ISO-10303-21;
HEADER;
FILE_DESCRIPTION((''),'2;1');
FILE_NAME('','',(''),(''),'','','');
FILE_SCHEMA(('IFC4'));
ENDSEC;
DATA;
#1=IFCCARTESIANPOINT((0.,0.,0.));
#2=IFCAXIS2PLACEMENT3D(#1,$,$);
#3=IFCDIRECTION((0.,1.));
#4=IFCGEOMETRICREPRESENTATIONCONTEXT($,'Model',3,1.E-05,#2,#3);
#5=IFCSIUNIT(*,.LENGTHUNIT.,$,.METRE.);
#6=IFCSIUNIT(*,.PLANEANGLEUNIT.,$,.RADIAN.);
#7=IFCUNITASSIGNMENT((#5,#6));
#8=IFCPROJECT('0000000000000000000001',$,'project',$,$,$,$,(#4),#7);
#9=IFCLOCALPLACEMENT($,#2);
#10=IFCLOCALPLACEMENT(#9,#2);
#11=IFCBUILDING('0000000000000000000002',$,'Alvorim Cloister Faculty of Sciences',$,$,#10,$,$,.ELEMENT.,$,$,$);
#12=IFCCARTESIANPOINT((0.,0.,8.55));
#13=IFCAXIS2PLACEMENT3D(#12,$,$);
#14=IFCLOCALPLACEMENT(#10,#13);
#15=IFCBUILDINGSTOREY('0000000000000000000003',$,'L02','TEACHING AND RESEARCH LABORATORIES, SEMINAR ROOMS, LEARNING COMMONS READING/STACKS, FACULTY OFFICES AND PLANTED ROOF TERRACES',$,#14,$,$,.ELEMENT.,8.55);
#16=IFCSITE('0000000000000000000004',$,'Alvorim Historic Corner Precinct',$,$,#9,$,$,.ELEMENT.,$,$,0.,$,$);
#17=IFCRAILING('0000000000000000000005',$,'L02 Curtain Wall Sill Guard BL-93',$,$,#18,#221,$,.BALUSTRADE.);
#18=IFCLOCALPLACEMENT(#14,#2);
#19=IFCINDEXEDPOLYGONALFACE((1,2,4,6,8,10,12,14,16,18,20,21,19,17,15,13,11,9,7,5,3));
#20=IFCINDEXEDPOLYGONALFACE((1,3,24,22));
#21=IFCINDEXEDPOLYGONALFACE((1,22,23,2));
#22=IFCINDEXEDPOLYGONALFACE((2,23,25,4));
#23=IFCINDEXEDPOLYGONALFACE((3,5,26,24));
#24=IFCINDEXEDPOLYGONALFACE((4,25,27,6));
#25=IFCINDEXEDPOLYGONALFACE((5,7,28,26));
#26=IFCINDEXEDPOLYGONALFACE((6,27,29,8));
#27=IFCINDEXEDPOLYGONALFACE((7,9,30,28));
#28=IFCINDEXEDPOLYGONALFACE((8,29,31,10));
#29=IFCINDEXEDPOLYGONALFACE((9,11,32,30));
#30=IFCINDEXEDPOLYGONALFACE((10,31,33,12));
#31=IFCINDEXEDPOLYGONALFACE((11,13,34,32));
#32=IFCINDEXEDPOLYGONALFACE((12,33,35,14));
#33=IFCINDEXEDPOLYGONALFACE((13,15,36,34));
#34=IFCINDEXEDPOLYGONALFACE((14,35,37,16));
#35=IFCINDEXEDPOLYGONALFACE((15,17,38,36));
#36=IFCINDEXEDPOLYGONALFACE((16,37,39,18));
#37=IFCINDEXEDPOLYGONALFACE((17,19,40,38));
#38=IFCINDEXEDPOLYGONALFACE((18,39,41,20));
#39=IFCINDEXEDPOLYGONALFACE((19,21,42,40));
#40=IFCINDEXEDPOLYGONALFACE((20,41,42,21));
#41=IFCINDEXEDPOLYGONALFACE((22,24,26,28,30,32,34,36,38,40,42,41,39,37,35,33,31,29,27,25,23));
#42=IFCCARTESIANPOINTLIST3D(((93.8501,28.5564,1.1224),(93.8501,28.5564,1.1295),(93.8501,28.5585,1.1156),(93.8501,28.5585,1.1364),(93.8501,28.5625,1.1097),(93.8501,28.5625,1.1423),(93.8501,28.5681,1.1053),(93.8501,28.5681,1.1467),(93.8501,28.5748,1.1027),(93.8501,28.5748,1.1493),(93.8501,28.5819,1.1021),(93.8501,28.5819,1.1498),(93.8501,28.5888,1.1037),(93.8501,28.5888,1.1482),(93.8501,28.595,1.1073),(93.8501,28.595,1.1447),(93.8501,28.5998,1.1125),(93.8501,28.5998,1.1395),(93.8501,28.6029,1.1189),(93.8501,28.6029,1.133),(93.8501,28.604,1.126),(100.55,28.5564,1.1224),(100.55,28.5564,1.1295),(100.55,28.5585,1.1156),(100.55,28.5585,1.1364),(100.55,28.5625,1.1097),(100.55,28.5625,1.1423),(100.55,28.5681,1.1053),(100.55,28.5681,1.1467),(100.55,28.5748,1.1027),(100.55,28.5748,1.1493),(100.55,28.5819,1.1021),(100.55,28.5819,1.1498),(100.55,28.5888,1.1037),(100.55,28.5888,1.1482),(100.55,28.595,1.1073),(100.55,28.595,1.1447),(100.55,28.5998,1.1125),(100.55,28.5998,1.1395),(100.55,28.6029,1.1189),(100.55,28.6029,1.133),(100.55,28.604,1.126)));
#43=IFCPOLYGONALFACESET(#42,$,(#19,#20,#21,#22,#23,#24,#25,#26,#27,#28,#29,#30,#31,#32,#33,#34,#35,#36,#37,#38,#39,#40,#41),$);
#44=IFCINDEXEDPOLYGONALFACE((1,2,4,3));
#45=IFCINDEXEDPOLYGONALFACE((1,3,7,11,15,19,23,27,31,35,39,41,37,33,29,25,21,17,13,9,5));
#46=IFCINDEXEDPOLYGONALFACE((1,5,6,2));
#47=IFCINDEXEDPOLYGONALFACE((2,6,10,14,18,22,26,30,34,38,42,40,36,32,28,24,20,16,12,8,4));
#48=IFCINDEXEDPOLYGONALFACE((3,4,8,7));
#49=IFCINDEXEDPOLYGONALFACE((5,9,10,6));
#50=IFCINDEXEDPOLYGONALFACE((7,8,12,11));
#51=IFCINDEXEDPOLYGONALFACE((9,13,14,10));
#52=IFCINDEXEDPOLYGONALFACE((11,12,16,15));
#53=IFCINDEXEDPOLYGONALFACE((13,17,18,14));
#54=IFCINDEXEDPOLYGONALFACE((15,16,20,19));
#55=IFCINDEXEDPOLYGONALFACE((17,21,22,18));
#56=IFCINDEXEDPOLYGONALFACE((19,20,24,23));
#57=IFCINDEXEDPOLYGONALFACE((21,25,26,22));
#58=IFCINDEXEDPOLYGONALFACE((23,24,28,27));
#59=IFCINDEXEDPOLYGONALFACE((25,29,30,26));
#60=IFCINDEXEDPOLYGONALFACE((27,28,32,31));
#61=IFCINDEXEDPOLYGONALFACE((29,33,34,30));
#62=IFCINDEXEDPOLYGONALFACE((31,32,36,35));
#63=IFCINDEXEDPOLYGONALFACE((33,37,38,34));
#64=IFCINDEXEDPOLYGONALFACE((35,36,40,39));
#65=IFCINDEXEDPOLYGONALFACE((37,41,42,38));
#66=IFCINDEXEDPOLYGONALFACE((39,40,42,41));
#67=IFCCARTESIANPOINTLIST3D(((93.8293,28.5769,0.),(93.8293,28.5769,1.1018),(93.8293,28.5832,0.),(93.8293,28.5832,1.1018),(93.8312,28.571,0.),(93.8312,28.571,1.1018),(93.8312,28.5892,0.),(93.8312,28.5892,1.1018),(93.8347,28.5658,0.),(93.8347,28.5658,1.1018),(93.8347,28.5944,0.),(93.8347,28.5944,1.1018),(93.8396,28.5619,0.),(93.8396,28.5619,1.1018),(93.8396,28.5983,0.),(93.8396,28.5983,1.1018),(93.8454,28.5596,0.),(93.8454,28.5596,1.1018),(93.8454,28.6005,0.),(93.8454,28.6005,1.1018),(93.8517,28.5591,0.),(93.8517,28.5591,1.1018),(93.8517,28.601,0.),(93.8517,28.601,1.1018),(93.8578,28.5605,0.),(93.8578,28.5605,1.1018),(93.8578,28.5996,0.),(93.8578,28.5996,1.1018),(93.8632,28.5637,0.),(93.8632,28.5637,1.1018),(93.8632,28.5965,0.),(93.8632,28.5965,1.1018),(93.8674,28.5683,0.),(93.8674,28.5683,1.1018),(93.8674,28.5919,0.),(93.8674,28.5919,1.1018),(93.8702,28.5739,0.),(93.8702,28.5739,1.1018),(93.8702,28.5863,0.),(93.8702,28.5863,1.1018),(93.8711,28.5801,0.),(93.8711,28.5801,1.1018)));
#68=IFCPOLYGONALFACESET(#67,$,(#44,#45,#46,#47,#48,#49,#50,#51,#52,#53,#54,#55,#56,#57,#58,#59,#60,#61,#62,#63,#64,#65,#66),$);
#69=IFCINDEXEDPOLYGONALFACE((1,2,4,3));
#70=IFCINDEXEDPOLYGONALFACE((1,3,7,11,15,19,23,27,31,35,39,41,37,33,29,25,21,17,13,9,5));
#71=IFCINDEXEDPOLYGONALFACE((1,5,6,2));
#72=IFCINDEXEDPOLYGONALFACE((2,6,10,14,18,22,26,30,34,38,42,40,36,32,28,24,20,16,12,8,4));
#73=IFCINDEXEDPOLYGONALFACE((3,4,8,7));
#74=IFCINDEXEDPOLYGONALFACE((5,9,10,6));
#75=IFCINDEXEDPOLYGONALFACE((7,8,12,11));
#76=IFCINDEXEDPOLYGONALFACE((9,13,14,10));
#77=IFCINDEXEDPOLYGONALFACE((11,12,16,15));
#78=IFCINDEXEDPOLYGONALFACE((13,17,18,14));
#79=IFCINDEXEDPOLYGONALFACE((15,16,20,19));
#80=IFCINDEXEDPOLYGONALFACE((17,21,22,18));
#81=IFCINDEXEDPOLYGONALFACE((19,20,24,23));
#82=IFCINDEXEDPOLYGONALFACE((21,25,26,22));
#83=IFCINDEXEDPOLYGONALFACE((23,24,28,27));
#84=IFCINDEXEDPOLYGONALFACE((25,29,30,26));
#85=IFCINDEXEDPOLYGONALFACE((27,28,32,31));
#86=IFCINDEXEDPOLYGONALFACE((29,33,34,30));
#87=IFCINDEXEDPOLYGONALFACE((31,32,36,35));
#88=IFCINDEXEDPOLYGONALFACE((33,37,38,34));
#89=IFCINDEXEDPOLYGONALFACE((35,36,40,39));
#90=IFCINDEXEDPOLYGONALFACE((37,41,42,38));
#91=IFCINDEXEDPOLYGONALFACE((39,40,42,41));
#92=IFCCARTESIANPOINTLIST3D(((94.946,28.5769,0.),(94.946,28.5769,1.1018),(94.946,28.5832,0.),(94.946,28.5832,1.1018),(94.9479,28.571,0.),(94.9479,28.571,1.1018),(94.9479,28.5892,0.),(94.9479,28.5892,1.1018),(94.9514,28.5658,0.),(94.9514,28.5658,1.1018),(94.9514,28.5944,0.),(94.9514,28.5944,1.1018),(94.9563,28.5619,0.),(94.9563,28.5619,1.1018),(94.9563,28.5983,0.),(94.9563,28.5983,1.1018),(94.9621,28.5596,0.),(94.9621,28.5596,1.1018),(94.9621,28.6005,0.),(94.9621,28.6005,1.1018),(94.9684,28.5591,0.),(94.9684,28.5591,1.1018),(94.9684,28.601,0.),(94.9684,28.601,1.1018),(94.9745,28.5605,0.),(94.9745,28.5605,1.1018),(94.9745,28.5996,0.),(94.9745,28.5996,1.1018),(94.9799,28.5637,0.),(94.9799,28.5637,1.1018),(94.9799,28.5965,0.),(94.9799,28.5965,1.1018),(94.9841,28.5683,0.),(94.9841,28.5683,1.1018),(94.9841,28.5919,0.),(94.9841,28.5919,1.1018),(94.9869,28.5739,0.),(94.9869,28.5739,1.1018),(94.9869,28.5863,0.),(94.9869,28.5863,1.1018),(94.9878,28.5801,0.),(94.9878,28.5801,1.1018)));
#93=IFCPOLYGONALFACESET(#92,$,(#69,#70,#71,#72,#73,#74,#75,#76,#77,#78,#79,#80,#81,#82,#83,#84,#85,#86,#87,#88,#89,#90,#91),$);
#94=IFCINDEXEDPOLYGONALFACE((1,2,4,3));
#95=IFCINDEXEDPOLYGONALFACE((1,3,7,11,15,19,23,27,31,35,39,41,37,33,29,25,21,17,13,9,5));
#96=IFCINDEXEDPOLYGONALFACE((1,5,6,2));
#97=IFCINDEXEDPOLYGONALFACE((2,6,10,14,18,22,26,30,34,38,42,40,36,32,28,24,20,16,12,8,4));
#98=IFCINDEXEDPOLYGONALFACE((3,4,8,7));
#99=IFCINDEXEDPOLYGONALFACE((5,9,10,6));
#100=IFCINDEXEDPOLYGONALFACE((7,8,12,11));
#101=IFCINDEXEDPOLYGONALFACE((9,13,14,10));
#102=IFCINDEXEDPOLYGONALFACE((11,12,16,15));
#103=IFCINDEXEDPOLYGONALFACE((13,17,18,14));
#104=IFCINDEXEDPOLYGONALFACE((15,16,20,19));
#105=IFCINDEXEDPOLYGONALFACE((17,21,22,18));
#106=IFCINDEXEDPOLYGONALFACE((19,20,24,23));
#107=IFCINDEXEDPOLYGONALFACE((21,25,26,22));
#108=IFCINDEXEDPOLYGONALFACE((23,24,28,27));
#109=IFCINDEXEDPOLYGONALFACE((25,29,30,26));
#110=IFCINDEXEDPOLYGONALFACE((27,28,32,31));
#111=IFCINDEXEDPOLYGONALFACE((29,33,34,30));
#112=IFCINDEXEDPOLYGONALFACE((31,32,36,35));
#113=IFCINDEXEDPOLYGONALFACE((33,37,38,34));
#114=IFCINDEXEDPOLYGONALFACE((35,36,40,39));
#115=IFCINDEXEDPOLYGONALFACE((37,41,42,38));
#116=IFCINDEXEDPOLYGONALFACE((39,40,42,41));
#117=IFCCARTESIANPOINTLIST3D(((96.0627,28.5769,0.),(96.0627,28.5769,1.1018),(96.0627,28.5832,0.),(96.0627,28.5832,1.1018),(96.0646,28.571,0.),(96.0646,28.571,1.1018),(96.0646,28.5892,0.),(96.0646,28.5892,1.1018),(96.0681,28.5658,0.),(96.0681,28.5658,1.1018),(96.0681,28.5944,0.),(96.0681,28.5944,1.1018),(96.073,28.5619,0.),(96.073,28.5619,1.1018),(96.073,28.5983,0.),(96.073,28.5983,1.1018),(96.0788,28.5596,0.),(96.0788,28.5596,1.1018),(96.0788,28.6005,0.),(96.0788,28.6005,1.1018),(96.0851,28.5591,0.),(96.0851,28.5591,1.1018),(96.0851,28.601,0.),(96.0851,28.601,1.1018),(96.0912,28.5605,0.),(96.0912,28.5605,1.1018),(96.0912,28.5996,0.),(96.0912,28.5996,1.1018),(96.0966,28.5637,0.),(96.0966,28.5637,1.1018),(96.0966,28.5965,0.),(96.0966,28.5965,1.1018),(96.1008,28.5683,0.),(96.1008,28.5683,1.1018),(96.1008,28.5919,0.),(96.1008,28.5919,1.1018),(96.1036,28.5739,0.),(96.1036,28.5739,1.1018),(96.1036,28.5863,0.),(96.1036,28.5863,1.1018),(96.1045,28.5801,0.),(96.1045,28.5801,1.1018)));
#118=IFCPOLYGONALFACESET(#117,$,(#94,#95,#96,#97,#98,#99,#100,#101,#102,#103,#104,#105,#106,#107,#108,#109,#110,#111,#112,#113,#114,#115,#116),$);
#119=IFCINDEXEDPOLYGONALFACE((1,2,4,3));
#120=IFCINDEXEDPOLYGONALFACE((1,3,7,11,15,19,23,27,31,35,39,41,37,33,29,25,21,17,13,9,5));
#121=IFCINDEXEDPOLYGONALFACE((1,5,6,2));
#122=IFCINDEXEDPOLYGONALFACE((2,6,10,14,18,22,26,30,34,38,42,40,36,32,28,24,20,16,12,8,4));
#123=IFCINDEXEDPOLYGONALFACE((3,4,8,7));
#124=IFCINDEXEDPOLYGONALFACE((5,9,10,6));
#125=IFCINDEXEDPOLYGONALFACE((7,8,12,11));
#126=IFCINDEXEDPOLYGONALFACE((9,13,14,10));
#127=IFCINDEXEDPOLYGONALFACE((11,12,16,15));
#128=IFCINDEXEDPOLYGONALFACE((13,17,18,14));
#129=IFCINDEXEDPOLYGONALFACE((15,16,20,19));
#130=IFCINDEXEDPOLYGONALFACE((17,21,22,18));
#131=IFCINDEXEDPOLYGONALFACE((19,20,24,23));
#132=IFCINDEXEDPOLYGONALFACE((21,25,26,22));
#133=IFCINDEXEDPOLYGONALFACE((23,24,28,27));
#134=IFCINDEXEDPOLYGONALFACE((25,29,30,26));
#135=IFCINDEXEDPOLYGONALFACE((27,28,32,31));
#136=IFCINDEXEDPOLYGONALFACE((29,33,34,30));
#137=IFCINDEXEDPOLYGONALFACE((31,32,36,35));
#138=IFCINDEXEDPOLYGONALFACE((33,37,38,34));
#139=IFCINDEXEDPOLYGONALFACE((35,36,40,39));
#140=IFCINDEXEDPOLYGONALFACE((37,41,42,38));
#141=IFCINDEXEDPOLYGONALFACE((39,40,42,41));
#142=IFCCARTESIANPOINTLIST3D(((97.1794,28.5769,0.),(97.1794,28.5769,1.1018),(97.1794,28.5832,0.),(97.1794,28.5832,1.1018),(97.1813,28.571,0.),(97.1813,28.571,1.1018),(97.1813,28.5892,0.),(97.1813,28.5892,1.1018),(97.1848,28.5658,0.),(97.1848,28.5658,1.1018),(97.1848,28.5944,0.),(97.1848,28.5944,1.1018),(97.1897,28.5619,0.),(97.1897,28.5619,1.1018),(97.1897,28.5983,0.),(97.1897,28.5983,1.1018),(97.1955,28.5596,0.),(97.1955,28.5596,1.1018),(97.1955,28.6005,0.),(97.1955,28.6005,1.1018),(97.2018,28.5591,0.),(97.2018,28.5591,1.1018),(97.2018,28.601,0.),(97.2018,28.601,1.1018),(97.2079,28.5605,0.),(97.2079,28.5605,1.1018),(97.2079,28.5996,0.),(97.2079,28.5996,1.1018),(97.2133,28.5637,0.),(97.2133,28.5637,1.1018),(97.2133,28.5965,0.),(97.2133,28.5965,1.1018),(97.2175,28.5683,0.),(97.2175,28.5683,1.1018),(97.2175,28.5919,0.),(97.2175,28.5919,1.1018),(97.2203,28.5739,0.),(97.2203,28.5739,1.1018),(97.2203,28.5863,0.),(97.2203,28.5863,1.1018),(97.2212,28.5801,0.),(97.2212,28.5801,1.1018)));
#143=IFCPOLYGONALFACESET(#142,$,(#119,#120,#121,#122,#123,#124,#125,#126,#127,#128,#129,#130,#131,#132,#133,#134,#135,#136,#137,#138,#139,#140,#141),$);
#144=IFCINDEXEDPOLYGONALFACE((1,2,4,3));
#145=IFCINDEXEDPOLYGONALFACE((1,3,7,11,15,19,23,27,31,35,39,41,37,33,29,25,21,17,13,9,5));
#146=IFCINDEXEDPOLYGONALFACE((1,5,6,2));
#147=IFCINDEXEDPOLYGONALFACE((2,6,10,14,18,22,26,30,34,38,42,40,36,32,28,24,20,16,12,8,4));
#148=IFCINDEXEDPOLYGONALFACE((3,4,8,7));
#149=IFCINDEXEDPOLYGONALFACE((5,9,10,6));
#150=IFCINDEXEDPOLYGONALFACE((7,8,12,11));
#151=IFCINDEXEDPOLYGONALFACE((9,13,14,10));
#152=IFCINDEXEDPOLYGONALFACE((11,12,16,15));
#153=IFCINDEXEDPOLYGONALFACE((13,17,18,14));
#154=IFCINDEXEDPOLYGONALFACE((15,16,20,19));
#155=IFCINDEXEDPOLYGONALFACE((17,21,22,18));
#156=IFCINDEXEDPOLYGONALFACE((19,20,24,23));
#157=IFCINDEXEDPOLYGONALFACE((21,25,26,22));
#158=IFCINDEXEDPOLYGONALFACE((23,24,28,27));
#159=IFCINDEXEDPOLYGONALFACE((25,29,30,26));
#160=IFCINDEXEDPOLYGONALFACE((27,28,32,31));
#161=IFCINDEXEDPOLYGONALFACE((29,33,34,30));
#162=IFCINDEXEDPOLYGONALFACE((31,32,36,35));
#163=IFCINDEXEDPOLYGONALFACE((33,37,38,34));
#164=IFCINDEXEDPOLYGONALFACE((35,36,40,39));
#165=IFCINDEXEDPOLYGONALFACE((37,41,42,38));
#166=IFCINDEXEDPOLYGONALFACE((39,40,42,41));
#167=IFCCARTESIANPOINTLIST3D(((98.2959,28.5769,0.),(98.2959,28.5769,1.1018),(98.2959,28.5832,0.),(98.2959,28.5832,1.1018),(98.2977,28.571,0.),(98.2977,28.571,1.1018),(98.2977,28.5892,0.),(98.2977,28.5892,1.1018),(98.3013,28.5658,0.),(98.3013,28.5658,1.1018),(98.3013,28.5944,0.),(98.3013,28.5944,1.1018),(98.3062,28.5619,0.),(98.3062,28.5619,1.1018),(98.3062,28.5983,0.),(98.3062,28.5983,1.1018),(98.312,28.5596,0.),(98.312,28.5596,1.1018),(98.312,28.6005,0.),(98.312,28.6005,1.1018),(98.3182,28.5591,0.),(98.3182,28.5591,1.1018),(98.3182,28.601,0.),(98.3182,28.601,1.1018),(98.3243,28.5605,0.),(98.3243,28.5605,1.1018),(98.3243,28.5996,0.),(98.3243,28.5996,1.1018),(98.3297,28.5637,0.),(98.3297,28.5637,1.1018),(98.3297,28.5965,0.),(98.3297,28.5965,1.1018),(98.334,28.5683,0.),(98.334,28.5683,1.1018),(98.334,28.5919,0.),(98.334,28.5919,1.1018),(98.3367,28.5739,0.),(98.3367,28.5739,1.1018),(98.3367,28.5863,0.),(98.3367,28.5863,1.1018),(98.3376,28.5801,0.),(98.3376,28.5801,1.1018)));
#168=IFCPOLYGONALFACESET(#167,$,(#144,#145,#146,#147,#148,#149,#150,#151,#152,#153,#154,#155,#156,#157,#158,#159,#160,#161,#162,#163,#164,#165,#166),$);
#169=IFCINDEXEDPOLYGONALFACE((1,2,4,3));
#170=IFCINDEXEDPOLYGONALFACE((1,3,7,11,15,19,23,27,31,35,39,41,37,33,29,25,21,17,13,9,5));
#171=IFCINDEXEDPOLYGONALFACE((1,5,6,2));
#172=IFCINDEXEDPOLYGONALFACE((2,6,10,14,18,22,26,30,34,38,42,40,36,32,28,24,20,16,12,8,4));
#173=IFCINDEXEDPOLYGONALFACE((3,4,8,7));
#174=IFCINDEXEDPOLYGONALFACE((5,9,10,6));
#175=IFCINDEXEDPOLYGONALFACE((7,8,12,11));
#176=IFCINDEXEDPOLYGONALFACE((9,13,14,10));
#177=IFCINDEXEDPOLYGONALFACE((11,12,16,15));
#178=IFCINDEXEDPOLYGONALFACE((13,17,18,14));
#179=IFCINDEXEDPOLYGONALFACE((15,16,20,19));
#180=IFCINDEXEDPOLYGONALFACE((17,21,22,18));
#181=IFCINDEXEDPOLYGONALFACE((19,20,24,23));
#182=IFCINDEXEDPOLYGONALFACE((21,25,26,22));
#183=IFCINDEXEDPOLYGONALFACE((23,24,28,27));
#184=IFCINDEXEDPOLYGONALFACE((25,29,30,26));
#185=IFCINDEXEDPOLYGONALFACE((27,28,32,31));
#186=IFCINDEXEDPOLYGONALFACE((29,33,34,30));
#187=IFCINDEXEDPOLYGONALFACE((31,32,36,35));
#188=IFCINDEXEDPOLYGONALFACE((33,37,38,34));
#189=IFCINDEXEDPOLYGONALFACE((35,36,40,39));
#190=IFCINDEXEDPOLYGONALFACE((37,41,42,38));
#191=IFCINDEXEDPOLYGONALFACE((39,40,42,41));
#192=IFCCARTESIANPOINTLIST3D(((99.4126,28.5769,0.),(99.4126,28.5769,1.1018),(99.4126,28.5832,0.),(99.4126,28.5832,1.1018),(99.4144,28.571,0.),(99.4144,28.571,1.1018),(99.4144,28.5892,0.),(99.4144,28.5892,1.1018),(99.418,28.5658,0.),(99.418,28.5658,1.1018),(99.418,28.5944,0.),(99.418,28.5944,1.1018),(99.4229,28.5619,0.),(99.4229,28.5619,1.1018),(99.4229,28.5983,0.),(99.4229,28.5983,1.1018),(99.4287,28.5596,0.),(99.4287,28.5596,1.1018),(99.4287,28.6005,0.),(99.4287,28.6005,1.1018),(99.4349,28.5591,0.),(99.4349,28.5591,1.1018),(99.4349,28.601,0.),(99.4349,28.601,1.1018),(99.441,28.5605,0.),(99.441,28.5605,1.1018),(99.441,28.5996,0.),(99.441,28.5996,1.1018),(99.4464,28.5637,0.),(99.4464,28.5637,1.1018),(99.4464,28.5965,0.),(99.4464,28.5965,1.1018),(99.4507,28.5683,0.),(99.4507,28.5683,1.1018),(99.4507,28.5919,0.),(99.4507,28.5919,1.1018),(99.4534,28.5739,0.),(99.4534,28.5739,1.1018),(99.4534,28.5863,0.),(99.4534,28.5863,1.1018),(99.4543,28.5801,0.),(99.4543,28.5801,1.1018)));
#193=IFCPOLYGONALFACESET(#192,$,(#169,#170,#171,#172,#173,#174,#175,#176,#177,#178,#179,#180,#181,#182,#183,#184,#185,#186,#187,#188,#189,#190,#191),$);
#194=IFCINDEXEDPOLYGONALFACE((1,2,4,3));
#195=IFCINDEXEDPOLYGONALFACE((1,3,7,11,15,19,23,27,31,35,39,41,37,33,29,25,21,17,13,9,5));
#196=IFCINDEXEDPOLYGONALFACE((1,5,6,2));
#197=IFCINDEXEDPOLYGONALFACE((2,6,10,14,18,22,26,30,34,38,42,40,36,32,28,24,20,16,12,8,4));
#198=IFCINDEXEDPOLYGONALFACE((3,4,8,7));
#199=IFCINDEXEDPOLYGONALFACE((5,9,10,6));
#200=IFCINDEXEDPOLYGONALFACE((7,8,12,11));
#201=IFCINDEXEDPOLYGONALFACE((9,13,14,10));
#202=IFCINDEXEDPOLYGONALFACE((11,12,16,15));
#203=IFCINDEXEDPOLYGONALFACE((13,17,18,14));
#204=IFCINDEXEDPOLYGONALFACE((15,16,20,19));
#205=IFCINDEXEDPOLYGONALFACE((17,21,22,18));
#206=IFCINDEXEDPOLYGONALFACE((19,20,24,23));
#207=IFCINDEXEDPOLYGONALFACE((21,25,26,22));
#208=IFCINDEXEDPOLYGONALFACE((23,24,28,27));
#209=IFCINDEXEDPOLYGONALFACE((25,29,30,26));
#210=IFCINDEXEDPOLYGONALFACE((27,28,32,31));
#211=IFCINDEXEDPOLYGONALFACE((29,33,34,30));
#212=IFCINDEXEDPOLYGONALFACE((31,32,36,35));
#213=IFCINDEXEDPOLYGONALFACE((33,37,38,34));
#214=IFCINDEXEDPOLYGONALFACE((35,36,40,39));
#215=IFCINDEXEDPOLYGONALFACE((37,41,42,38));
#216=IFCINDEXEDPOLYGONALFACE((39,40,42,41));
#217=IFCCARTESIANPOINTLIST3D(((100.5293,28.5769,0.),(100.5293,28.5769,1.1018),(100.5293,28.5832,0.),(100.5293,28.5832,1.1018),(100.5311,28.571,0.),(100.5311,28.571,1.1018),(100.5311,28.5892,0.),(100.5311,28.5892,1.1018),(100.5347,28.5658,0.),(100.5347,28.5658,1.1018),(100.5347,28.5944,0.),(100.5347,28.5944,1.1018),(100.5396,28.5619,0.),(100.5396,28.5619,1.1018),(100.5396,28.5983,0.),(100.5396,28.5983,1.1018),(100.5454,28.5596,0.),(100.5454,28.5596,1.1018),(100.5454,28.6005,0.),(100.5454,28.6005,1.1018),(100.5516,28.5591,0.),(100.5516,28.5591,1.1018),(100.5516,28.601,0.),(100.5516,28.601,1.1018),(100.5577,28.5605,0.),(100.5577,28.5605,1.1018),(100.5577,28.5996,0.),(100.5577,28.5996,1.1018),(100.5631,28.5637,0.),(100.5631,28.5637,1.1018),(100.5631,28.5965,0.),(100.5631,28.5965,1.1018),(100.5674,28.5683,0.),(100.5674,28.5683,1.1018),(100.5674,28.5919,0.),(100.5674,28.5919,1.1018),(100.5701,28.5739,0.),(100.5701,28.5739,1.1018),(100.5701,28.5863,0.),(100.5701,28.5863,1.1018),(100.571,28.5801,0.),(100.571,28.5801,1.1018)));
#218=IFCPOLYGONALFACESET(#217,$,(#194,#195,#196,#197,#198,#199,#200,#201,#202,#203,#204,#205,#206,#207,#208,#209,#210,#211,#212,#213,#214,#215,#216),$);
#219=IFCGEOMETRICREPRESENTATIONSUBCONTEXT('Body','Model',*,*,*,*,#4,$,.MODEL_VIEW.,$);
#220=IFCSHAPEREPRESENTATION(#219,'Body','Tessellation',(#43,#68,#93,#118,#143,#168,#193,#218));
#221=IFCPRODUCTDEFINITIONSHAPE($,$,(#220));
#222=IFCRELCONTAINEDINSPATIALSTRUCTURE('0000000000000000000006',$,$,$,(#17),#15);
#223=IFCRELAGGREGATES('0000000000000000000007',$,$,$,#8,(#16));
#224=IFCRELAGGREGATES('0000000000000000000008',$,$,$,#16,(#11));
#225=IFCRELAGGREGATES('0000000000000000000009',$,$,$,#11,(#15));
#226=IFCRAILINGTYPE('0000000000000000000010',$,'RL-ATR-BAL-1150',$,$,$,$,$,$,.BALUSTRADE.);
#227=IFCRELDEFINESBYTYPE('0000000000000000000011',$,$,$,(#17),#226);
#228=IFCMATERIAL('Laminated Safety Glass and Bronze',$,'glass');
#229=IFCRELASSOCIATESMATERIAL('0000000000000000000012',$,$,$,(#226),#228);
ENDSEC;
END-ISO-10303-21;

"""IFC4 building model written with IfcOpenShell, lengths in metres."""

from ifc_helpers import new_model, si_unit, direction, frame, origin, origin_2d, place, context, subcontext, project, spatial, circle, extrude, material, type_object, element, save


model = new_model("IFC4")

# Units and contexts
model_context = context("Model", 3, precision=1e-05, world=origin(), true_north=direction((0.0, 1.0)))
body_context = subcontext(model_context, "Body", "Model", "MODEL_VIEW")
ifc_project = project(units=[si_unit("LENGTHUNIT", "METRE"), si_unit("PLANEANGLEUNIT", "RADIAN")], contexts=[model_context])

# Site, building, storey
site_placement = place(None, origin())
site = spatial("IfcSite", under=ifc_project, at=site_placement, Name="Alvorim Historic Corner Precinct", CompositionType="ELEMENT", RefElevation=0.0)
building_placement = place(site_placement, origin())
building = spatial("IfcBuilding", under=site, at=building_placement, Name="Alvorim Cloister Faculty of Sciences", CompositionType="ELEMENT")
storey_placement = place(building_placement, frame((0.0, 0.0, 8.55)))
storey = spatial("IfcBuildingStorey", under=building, at=storey_placement, Name="L02", Description="TEACHING AND RESEARCH LABORATORIES, SEMINAR ROOMS, LEARNING COMMONS READING/STACKS, FACULTY OFFICES AND PLANTED ROOF TERRACES", CompositionType="ELEMENT", Elevation=8.55)

# Railing
ifc_material_1 = material(Name="Laminated Safety Glass and Bronze", Category="glass")
railing_type = type_object("IfcRailingType", Name="RL-ATR-BAL-1150", PredefinedType="BALUSTRADE", material=ifc_material_1)
railing_placement = place(storey_placement, frame((93.8501, 28.5801, 0.0)))
element("IfcRailing", 1, at=railing_placement, inside=storey, type_object=railing_type, Name="L02 Curtain Wall Sill Guard BL-93", PredefinedType="BALUSTRADE", context=body_context, shape_type="SweptSolid", body=[
    extrude(circle(Radius=0.0239, at=origin_2d()), frame((0.0, 0.0, 1.126), z_axis=(1.0, 0.0, 0.0), x_axis=(0.0, 1.0, 0.0)), (0.0, 0.0, 1.0), 6.7),
    extrude(circle(Radius=0.021, at=origin_2d()), origin(), (0.0, 0.0, 1.0), 1.1018),
    extrude(circle(Radius=0.021, at=origin_2d()), frame((1.1167, 0.0, 0.0)), (0.0, 0.0, 1.0), 1.1018),
    extrude(circle(Radius=0.021, at=origin_2d()), frame((2.2334, 0.0, 0.0)), (0.0, 0.0, 1.0), 1.1018),
    extrude(circle(Radius=0.021, at=origin_2d()), frame((3.3501, 0.0, 0.0)), (0.0, 0.0, 1.0), 1.1018),
    extrude(circle(Radius=0.021, at=origin_2d()), frame((4.4666, 0.0, 0.0)), (0.0, 0.0, 1.0), 1.1018),
    extrude(circle(Radius=0.021, at=origin_2d()), frame((5.5833, 0.0, 0.0)), (0.0, 0.0, 1.0), 1.1018),
    extrude(circle(Radius=0.021, at=origin_2d()), frame((6.7, 0.0, 0.0)), (0.0, 0.0, 1.0), 1.1018),
])

save(model, "model.ifc")
